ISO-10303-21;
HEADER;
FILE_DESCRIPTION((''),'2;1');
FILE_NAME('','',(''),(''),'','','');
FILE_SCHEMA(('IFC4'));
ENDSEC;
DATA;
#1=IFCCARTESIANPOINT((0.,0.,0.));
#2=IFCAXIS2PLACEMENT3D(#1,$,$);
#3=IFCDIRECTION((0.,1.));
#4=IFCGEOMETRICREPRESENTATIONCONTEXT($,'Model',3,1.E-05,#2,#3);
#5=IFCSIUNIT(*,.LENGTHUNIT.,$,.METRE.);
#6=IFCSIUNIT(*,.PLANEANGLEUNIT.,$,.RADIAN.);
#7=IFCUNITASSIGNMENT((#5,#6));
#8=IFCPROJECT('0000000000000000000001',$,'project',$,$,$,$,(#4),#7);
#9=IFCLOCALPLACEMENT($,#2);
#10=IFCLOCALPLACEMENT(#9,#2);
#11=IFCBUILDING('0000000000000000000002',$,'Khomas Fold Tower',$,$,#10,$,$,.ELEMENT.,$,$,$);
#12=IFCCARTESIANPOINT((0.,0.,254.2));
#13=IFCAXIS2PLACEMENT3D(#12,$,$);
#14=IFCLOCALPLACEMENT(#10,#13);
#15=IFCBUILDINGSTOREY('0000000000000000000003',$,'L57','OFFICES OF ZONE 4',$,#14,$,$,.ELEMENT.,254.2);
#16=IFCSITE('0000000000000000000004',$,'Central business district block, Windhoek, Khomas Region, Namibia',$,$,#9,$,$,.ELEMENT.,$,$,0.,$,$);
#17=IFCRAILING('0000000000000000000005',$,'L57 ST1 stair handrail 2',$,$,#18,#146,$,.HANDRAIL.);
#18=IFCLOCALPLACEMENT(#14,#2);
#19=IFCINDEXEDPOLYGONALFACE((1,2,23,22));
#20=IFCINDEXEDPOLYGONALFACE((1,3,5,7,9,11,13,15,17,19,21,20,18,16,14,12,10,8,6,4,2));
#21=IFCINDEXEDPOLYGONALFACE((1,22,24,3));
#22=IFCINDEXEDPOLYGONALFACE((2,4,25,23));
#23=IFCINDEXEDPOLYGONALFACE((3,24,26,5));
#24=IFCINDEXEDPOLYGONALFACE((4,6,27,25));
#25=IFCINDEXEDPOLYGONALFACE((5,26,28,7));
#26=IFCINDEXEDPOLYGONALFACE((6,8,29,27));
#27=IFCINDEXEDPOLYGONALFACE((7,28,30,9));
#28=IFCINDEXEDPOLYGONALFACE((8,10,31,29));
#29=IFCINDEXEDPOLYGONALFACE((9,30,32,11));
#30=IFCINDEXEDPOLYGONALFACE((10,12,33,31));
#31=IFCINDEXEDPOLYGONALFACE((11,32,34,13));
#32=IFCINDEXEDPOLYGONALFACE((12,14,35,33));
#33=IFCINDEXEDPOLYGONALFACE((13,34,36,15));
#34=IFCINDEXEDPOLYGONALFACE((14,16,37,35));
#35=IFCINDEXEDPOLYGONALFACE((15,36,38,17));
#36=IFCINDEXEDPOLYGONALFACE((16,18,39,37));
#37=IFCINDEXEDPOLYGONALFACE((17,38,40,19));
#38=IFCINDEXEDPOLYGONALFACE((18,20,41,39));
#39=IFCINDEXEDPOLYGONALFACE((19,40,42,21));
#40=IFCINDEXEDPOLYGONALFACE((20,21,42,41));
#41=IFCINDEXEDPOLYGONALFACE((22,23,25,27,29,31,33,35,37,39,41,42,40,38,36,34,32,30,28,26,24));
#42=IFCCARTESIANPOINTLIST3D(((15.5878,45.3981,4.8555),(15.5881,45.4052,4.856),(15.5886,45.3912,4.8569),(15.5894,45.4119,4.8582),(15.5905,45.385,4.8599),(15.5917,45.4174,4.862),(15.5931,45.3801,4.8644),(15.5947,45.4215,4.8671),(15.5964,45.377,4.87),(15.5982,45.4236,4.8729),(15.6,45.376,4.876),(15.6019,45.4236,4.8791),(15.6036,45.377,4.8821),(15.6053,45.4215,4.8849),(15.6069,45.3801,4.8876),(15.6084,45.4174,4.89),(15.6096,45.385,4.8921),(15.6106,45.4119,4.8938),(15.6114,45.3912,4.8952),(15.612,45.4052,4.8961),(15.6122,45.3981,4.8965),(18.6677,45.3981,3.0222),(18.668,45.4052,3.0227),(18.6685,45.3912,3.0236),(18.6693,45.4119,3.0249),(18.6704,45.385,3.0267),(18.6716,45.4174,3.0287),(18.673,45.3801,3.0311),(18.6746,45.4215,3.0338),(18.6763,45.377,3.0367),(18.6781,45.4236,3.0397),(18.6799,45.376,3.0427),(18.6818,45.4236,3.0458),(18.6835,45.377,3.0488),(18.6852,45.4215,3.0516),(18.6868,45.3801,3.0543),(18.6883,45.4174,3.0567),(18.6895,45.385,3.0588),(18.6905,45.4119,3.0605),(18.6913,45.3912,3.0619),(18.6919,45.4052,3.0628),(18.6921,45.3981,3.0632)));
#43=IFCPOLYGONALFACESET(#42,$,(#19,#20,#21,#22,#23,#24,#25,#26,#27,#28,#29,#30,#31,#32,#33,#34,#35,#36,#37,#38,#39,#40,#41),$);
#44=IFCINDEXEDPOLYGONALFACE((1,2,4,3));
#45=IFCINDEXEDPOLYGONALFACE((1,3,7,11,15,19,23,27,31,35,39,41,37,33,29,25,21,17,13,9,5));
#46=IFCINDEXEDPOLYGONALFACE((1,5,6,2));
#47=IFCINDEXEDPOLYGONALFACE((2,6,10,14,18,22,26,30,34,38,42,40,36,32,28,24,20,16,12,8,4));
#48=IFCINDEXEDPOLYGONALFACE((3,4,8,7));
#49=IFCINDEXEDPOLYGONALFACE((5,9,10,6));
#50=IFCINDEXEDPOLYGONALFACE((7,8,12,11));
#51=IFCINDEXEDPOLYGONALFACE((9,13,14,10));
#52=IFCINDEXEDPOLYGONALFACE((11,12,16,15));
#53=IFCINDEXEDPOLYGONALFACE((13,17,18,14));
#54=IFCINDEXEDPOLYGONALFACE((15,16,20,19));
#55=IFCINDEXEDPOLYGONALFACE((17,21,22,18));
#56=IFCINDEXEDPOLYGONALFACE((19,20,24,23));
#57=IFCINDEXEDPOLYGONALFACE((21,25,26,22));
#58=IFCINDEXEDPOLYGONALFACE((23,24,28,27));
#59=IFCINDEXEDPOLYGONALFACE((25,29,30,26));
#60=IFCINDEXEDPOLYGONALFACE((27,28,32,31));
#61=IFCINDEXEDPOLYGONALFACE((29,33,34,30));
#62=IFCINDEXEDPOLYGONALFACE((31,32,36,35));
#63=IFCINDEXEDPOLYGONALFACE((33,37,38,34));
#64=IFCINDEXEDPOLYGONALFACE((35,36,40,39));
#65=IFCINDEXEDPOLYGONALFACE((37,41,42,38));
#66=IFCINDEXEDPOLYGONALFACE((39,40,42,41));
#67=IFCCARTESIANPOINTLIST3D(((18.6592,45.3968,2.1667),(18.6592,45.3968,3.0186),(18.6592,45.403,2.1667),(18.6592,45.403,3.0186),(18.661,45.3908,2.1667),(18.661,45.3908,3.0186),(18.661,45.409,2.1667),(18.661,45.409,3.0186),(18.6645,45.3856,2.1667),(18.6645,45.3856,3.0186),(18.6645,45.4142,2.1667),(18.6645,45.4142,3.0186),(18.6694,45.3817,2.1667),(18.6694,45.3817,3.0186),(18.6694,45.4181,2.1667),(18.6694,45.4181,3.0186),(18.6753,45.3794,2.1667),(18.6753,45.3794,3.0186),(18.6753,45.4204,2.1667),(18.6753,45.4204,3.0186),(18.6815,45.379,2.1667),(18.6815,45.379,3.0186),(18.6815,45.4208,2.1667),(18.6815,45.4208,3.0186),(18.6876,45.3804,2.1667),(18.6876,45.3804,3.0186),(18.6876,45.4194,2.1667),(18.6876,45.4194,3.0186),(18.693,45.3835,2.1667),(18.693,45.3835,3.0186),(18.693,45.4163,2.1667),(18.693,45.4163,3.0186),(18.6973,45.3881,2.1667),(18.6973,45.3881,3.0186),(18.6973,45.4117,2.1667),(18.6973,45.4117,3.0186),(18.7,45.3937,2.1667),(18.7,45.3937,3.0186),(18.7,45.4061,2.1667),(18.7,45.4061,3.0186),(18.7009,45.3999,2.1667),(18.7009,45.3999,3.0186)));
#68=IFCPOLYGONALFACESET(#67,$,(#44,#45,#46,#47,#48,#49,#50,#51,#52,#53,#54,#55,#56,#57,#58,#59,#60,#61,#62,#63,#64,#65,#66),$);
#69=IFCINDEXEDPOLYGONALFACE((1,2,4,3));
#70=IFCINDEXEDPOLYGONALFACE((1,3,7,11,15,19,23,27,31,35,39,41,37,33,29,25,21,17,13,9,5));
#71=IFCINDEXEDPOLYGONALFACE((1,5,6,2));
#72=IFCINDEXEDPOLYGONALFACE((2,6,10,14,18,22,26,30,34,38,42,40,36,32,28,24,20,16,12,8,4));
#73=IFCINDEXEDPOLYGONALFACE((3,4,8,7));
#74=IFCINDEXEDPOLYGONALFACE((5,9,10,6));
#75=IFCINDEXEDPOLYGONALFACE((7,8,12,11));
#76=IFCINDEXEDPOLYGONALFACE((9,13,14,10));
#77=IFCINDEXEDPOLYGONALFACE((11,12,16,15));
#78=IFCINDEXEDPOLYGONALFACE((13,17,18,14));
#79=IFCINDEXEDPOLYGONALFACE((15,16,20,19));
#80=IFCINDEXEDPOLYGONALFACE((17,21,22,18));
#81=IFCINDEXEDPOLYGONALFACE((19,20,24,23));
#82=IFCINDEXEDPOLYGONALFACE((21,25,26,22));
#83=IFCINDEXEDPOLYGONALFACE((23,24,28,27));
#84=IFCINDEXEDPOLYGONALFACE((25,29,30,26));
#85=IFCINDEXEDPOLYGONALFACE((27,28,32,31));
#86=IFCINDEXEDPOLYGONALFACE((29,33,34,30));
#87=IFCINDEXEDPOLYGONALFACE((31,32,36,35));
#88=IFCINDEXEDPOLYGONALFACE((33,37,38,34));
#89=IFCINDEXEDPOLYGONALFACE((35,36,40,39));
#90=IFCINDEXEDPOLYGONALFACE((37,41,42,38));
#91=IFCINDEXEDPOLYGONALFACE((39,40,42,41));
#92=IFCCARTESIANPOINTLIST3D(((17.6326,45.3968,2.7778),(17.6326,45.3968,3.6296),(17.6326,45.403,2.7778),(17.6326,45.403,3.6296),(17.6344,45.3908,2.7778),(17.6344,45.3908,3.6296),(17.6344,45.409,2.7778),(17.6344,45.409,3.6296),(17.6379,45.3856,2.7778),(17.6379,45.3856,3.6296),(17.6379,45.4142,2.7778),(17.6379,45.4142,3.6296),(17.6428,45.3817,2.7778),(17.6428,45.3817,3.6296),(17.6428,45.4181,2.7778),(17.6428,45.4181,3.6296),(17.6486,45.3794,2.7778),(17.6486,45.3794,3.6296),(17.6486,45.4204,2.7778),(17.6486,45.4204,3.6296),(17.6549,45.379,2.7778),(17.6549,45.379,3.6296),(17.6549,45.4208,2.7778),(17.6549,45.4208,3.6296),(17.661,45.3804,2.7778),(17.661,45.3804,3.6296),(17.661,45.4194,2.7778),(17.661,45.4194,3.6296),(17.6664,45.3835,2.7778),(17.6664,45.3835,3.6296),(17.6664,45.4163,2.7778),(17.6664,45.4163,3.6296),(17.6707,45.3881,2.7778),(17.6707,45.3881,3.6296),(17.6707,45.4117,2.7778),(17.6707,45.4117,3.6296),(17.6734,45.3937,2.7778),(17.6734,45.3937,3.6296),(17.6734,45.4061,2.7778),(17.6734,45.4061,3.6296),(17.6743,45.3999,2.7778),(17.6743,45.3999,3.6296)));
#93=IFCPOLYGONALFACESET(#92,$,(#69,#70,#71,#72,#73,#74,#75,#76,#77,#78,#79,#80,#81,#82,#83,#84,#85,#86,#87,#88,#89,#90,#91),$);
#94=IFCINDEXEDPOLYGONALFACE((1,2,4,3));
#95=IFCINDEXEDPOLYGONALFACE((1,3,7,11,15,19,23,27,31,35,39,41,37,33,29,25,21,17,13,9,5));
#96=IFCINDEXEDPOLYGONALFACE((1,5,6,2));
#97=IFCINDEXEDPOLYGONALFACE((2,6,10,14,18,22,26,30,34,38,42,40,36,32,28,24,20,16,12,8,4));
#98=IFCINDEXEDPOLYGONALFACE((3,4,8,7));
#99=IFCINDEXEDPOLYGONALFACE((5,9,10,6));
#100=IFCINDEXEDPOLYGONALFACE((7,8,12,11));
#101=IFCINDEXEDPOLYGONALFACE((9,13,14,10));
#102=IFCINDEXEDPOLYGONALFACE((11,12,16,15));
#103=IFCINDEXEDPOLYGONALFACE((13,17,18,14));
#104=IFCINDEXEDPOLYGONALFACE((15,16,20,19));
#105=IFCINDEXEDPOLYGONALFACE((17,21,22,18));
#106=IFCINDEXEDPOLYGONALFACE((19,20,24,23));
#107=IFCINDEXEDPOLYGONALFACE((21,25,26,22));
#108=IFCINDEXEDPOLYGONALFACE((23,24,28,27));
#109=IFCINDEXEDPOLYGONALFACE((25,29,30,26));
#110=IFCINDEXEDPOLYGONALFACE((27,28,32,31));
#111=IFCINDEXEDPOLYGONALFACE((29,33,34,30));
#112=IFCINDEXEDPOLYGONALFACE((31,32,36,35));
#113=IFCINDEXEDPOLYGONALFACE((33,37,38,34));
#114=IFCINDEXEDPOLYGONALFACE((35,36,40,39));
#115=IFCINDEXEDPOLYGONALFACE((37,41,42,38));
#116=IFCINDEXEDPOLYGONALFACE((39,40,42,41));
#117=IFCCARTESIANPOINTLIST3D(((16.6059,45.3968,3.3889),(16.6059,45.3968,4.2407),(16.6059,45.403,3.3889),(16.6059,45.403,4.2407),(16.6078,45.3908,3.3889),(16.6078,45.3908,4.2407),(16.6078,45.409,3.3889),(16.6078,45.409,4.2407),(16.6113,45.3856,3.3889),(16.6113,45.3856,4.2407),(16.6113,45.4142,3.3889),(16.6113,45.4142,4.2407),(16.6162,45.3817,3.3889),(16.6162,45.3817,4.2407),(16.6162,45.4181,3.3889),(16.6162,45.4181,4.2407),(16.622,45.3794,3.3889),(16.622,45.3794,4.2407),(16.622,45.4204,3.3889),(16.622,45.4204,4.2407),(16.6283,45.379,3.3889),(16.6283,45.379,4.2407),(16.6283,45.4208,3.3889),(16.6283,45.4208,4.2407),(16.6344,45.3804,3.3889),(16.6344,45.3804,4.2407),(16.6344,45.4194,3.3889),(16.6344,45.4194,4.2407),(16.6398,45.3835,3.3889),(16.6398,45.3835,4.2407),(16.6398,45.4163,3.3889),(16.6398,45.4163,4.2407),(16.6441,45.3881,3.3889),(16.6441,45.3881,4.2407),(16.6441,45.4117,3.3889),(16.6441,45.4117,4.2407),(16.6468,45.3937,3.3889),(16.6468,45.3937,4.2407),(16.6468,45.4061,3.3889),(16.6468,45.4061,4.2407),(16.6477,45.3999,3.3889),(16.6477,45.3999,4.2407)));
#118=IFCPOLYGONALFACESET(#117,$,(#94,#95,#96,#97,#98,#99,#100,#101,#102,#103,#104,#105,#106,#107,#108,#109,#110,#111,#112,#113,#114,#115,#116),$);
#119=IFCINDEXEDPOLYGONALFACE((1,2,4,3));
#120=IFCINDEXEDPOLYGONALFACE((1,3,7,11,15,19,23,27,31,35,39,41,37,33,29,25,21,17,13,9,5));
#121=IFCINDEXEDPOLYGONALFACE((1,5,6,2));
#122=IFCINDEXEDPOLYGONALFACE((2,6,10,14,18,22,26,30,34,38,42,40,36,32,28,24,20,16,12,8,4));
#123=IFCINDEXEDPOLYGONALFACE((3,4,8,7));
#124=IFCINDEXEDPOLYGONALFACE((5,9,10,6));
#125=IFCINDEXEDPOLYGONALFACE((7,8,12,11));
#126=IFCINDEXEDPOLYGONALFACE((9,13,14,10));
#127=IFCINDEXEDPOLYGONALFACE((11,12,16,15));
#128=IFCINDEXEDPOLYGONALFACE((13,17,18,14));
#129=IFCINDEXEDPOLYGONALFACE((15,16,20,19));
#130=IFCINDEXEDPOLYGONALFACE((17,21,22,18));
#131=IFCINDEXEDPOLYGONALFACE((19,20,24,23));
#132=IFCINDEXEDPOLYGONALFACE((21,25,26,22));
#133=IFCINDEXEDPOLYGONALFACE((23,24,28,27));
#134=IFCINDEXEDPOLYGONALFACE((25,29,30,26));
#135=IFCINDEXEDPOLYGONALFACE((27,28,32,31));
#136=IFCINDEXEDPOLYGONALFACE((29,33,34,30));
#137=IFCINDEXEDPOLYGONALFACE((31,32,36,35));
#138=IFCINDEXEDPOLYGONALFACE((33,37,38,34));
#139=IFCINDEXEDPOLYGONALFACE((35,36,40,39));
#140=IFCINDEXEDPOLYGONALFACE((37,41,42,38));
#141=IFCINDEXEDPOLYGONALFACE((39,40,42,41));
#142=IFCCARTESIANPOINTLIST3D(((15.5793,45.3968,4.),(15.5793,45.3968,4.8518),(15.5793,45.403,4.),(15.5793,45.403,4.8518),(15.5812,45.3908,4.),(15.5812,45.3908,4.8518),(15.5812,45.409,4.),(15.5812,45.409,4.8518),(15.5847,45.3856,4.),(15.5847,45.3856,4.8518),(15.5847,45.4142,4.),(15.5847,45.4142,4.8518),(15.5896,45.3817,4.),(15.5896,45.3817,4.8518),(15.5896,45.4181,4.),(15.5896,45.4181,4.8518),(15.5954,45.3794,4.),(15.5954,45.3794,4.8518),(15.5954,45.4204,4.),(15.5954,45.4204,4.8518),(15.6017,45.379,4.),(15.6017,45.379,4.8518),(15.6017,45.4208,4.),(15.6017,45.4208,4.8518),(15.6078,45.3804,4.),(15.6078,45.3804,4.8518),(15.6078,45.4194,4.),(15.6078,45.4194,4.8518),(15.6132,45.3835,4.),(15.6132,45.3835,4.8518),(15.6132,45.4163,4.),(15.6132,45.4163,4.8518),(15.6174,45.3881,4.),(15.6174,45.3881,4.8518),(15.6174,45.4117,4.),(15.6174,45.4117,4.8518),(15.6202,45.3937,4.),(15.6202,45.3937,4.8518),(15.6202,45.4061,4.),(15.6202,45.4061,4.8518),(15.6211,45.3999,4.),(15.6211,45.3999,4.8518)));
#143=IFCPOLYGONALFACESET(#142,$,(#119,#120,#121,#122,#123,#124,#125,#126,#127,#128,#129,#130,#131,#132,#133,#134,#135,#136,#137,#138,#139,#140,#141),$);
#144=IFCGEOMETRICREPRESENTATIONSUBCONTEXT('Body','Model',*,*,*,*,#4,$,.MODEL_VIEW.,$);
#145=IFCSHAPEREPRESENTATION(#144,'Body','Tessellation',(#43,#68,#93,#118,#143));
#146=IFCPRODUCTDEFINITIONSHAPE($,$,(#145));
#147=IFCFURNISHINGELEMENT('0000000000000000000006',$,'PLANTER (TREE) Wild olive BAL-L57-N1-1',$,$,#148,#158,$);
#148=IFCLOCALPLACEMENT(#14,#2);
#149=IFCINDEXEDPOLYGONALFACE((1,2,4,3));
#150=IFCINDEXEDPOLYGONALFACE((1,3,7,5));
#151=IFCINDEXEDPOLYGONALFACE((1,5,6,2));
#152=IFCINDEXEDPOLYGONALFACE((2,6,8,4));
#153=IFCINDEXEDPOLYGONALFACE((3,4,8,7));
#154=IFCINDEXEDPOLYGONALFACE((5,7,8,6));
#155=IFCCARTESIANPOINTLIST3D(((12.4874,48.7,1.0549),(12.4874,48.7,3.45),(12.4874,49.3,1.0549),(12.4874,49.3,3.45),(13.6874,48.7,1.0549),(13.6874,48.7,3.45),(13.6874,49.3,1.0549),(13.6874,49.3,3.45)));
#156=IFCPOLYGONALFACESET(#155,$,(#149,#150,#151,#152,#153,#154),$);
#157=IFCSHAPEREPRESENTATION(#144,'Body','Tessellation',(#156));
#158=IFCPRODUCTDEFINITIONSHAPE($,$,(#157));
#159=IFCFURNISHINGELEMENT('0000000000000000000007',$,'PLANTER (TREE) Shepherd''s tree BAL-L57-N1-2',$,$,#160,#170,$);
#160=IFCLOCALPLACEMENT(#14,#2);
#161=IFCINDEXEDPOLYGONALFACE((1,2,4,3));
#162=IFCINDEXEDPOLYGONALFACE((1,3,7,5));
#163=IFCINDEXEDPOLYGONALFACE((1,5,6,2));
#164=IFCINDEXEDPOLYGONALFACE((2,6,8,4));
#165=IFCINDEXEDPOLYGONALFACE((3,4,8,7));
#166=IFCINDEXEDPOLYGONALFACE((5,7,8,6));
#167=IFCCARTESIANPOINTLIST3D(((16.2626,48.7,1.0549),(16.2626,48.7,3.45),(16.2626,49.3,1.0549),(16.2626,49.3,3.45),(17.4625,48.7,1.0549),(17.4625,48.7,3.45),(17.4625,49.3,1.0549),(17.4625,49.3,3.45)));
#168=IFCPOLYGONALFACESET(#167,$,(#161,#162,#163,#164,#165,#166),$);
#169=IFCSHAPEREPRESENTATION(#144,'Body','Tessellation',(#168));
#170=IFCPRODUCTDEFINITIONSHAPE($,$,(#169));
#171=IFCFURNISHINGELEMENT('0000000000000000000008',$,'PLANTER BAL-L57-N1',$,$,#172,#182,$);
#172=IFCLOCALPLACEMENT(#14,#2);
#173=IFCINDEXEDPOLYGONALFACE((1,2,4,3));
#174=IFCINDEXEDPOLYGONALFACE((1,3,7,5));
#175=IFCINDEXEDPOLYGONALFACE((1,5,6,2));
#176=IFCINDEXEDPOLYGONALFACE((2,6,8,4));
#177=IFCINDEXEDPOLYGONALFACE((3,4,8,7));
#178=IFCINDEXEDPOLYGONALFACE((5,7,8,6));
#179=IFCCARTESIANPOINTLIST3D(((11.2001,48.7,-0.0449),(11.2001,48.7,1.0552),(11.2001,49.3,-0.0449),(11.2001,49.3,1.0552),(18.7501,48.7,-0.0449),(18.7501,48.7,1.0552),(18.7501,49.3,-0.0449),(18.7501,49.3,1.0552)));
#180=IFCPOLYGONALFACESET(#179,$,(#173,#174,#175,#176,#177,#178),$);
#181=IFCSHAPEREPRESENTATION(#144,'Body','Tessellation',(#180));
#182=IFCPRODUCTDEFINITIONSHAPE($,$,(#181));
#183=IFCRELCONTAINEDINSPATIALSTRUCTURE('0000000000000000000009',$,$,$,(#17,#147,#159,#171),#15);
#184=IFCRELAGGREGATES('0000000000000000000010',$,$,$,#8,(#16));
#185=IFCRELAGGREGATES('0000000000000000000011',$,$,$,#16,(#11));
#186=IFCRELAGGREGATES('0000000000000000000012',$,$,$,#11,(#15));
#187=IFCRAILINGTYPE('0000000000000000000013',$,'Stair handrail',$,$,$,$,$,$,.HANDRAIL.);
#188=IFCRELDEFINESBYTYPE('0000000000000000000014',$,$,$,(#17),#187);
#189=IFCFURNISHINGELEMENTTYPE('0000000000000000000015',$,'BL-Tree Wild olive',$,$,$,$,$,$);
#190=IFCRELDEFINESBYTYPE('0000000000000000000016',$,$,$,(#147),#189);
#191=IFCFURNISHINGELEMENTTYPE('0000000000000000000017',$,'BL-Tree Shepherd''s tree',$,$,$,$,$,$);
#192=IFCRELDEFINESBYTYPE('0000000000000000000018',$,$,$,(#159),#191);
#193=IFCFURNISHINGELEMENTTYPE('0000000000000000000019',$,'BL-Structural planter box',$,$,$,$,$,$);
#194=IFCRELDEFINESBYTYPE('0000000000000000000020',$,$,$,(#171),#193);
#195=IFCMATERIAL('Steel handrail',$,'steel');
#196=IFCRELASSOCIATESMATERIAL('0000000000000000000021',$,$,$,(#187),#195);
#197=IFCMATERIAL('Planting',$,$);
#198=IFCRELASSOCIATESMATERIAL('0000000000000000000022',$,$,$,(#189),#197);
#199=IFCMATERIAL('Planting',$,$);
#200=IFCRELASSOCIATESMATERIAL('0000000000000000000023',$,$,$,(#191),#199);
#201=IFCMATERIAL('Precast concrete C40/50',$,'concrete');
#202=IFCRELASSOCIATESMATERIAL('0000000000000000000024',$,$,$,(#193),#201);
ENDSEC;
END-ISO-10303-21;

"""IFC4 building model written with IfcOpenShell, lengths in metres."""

from ifc_helpers import new_model, si_unit, direction, frame, origin, origin_2d, place, context, subcontext, project, spatial, rectangle, circle, extrude, source, transform, mapped, material, type_object, element, save


model = new_model("IFC4")

# Units and contexts
model_context = context("Model", 3, precision=1e-05, world=origin(), true_north=direction((0.0, 1.0)))
body_context = subcontext(model_context, "Body", "Model", "MODEL_VIEW")
ifc_project = project(units=[si_unit("LENGTHUNIT", "METRE"), si_unit("PLANEANGLEUNIT", "RADIAN")], contexts=[model_context])

# Site, building, storey
site_placement = place(None, origin())
site = spatial("IfcSite", under=ifc_project, at=site_placement, Name="Central business district block, Windhoek, Khomas Region, Namibia", CompositionType="ELEMENT", RefElevation=0.0)
building_placement = place(site_placement, origin())
building = spatial("IfcBuilding", under=site, at=building_placement, Name="Khomas Fold Tower", CompositionType="ELEMENT")
storey_placement = place(building_placement, frame((0.0, 0.0, 254.2)))
storey = spatial("IfcBuildingStorey", under=building, at=storey_placement, Name="L57", Description="OFFICES OF ZONE 4", CompositionType="ELEMENT", Elevation=254.2)

# Railing
ifc_material_1 = material(Name="Steel handrail", Category="steel")
railing_type_1 = type_object("IfcRailingType", Name="Stair handrail", PredefinedType="HANDRAIL", material=ifc_material_1)
shared_shape_1 = source(origin(), body_context, "Body", "SweptSolid", [
    extrude(circle(Radius=0.0239, at=origin_2d()), frame((0.0, 0.0, 0.876), z_axis=(-0.859291, 0.0, 0.511487), x_axis=(0.0, -1.0, 0.0)), (0.0, 0.0, 1.0), 3.5842),
    extrude(circle(Radius=0.021, at=origin_2d()), origin(), (0.0, 0.0, 1.0), 0.8518),
    extrude(circle(Radius=0.021, at=origin_2d()), frame((-1.0266, 0.0, 0.6111)), (0.0, 0.0, 1.0), 0.8518),
    extrude(circle(Radius=0.021, at=origin_2d()), frame((-2.0532, 0.0, 1.2222)), (0.0, 0.0, 1.0), 0.8518),
    extrude(circle(Radius=0.021, at=origin_2d()), frame((-3.0798, 0.0, 1.8333)), (0.0, 0.0, 1.0), 0.8518),
])
railing_1_placement = place(storey_placement, frame((18.6799, 45.3999, 2.1667)))
element("IfcRailing", 1, at=railing_1_placement, inside=storey, type_object=railing_type_1, Name="L57 ST1 stair handrail 2", PredefinedType="HANDRAIL", context=body_context, shape_type="MappedRepresentation", body=[
    mapped(shared_shape_1, transform((0.0, 0.0, 0.0))),
])

# Furnishing elements
ifc_material_2 = material(Name="Planting")
furnishing_element_type_1 = type_object("IfcFurnishingElementType", Name="BL-Tree Wild olive", material=ifc_material_2)
shared_shape_2 = source(origin(), body_context, "Body", "SweptSolid", [
    extrude(rectangle(XDim=1.2, YDim=0.6001, at=origin_2d()), origin(), (0.0, 0.0, 1.0), 2.395),
])
furnishing_1_placement = place(storey_placement, frame((13.0874, 49.0, 1.0549), z_axis=(0.0, 0.0, 1.0), x_axis=(1.0, 0.0, 0.0)))
element("IfcFurnishingElement", 2, at=furnishing_1_placement, inside=storey, type_object=furnishing_element_type_1, Name="PLANTER (TREE) Wild olive BAL-L57-N1-1", context=body_context, shape_type="MappedRepresentation", body=[
    mapped(shared_shape_2, transform((0.0, 0.0, 0.0))),
])
ifc_material_3 = material(Name="Planting")
furnishing_element_type_2 = type_object("IfcFurnishingElementType", Name="BL-Tree Shepherd's tree", material=ifc_material_3)
furnishing_2_placement = place(storey_placement, frame((16.8625, 49.0, 1.0549), z_axis=(0.0, 0.0, 1.0), x_axis=(1.0, 0.0, 0.0)))
element("IfcFurnishingElement", 3, at=furnishing_2_placement, inside=storey, type_object=furnishing_element_type_2, Name="PLANTER (TREE) Shepherd's tree BAL-L57-N1-2", context=body_context, shape_type="MappedRepresentation", body=[
    mapped(shared_shape_2, transform((0.0, 0.0, 0.0))),
])
ifc_material_4 = material(Name="Precast concrete C40/50", Category="concrete")
furnishing_element_type_3 = type_object("IfcFurnishingElementType", Name="BL-Structural planter box", material=ifc_material_4)
shared_shape_3 = source(origin(), body_context, "Body", "SweptSolid", [
    extrude(rectangle(XDim=7.55, YDim=0.6001, at=origin_2d()), origin(), (0.0, 0.0, 1.0), 1.1001),
])
furnishing_3_placement = place(storey_placement, frame((14.9751, 49.0, -0.0449), z_axis=(0.0, 0.0, 1.0), x_axis=(1.0, 0.0, 0.0)))
element("IfcFurnishingElement", 4, at=furnishing_3_placement, inside=storey, type_object=furnishing_element_type_3, Name="PLANTER BAL-L57-N1", context=body_context, shape_type="MappedRepresentation", body=[
    mapped(shared_shape_3, transform((0.0, 0.0, 0.0))),
])

save(model, "model.ifc")
